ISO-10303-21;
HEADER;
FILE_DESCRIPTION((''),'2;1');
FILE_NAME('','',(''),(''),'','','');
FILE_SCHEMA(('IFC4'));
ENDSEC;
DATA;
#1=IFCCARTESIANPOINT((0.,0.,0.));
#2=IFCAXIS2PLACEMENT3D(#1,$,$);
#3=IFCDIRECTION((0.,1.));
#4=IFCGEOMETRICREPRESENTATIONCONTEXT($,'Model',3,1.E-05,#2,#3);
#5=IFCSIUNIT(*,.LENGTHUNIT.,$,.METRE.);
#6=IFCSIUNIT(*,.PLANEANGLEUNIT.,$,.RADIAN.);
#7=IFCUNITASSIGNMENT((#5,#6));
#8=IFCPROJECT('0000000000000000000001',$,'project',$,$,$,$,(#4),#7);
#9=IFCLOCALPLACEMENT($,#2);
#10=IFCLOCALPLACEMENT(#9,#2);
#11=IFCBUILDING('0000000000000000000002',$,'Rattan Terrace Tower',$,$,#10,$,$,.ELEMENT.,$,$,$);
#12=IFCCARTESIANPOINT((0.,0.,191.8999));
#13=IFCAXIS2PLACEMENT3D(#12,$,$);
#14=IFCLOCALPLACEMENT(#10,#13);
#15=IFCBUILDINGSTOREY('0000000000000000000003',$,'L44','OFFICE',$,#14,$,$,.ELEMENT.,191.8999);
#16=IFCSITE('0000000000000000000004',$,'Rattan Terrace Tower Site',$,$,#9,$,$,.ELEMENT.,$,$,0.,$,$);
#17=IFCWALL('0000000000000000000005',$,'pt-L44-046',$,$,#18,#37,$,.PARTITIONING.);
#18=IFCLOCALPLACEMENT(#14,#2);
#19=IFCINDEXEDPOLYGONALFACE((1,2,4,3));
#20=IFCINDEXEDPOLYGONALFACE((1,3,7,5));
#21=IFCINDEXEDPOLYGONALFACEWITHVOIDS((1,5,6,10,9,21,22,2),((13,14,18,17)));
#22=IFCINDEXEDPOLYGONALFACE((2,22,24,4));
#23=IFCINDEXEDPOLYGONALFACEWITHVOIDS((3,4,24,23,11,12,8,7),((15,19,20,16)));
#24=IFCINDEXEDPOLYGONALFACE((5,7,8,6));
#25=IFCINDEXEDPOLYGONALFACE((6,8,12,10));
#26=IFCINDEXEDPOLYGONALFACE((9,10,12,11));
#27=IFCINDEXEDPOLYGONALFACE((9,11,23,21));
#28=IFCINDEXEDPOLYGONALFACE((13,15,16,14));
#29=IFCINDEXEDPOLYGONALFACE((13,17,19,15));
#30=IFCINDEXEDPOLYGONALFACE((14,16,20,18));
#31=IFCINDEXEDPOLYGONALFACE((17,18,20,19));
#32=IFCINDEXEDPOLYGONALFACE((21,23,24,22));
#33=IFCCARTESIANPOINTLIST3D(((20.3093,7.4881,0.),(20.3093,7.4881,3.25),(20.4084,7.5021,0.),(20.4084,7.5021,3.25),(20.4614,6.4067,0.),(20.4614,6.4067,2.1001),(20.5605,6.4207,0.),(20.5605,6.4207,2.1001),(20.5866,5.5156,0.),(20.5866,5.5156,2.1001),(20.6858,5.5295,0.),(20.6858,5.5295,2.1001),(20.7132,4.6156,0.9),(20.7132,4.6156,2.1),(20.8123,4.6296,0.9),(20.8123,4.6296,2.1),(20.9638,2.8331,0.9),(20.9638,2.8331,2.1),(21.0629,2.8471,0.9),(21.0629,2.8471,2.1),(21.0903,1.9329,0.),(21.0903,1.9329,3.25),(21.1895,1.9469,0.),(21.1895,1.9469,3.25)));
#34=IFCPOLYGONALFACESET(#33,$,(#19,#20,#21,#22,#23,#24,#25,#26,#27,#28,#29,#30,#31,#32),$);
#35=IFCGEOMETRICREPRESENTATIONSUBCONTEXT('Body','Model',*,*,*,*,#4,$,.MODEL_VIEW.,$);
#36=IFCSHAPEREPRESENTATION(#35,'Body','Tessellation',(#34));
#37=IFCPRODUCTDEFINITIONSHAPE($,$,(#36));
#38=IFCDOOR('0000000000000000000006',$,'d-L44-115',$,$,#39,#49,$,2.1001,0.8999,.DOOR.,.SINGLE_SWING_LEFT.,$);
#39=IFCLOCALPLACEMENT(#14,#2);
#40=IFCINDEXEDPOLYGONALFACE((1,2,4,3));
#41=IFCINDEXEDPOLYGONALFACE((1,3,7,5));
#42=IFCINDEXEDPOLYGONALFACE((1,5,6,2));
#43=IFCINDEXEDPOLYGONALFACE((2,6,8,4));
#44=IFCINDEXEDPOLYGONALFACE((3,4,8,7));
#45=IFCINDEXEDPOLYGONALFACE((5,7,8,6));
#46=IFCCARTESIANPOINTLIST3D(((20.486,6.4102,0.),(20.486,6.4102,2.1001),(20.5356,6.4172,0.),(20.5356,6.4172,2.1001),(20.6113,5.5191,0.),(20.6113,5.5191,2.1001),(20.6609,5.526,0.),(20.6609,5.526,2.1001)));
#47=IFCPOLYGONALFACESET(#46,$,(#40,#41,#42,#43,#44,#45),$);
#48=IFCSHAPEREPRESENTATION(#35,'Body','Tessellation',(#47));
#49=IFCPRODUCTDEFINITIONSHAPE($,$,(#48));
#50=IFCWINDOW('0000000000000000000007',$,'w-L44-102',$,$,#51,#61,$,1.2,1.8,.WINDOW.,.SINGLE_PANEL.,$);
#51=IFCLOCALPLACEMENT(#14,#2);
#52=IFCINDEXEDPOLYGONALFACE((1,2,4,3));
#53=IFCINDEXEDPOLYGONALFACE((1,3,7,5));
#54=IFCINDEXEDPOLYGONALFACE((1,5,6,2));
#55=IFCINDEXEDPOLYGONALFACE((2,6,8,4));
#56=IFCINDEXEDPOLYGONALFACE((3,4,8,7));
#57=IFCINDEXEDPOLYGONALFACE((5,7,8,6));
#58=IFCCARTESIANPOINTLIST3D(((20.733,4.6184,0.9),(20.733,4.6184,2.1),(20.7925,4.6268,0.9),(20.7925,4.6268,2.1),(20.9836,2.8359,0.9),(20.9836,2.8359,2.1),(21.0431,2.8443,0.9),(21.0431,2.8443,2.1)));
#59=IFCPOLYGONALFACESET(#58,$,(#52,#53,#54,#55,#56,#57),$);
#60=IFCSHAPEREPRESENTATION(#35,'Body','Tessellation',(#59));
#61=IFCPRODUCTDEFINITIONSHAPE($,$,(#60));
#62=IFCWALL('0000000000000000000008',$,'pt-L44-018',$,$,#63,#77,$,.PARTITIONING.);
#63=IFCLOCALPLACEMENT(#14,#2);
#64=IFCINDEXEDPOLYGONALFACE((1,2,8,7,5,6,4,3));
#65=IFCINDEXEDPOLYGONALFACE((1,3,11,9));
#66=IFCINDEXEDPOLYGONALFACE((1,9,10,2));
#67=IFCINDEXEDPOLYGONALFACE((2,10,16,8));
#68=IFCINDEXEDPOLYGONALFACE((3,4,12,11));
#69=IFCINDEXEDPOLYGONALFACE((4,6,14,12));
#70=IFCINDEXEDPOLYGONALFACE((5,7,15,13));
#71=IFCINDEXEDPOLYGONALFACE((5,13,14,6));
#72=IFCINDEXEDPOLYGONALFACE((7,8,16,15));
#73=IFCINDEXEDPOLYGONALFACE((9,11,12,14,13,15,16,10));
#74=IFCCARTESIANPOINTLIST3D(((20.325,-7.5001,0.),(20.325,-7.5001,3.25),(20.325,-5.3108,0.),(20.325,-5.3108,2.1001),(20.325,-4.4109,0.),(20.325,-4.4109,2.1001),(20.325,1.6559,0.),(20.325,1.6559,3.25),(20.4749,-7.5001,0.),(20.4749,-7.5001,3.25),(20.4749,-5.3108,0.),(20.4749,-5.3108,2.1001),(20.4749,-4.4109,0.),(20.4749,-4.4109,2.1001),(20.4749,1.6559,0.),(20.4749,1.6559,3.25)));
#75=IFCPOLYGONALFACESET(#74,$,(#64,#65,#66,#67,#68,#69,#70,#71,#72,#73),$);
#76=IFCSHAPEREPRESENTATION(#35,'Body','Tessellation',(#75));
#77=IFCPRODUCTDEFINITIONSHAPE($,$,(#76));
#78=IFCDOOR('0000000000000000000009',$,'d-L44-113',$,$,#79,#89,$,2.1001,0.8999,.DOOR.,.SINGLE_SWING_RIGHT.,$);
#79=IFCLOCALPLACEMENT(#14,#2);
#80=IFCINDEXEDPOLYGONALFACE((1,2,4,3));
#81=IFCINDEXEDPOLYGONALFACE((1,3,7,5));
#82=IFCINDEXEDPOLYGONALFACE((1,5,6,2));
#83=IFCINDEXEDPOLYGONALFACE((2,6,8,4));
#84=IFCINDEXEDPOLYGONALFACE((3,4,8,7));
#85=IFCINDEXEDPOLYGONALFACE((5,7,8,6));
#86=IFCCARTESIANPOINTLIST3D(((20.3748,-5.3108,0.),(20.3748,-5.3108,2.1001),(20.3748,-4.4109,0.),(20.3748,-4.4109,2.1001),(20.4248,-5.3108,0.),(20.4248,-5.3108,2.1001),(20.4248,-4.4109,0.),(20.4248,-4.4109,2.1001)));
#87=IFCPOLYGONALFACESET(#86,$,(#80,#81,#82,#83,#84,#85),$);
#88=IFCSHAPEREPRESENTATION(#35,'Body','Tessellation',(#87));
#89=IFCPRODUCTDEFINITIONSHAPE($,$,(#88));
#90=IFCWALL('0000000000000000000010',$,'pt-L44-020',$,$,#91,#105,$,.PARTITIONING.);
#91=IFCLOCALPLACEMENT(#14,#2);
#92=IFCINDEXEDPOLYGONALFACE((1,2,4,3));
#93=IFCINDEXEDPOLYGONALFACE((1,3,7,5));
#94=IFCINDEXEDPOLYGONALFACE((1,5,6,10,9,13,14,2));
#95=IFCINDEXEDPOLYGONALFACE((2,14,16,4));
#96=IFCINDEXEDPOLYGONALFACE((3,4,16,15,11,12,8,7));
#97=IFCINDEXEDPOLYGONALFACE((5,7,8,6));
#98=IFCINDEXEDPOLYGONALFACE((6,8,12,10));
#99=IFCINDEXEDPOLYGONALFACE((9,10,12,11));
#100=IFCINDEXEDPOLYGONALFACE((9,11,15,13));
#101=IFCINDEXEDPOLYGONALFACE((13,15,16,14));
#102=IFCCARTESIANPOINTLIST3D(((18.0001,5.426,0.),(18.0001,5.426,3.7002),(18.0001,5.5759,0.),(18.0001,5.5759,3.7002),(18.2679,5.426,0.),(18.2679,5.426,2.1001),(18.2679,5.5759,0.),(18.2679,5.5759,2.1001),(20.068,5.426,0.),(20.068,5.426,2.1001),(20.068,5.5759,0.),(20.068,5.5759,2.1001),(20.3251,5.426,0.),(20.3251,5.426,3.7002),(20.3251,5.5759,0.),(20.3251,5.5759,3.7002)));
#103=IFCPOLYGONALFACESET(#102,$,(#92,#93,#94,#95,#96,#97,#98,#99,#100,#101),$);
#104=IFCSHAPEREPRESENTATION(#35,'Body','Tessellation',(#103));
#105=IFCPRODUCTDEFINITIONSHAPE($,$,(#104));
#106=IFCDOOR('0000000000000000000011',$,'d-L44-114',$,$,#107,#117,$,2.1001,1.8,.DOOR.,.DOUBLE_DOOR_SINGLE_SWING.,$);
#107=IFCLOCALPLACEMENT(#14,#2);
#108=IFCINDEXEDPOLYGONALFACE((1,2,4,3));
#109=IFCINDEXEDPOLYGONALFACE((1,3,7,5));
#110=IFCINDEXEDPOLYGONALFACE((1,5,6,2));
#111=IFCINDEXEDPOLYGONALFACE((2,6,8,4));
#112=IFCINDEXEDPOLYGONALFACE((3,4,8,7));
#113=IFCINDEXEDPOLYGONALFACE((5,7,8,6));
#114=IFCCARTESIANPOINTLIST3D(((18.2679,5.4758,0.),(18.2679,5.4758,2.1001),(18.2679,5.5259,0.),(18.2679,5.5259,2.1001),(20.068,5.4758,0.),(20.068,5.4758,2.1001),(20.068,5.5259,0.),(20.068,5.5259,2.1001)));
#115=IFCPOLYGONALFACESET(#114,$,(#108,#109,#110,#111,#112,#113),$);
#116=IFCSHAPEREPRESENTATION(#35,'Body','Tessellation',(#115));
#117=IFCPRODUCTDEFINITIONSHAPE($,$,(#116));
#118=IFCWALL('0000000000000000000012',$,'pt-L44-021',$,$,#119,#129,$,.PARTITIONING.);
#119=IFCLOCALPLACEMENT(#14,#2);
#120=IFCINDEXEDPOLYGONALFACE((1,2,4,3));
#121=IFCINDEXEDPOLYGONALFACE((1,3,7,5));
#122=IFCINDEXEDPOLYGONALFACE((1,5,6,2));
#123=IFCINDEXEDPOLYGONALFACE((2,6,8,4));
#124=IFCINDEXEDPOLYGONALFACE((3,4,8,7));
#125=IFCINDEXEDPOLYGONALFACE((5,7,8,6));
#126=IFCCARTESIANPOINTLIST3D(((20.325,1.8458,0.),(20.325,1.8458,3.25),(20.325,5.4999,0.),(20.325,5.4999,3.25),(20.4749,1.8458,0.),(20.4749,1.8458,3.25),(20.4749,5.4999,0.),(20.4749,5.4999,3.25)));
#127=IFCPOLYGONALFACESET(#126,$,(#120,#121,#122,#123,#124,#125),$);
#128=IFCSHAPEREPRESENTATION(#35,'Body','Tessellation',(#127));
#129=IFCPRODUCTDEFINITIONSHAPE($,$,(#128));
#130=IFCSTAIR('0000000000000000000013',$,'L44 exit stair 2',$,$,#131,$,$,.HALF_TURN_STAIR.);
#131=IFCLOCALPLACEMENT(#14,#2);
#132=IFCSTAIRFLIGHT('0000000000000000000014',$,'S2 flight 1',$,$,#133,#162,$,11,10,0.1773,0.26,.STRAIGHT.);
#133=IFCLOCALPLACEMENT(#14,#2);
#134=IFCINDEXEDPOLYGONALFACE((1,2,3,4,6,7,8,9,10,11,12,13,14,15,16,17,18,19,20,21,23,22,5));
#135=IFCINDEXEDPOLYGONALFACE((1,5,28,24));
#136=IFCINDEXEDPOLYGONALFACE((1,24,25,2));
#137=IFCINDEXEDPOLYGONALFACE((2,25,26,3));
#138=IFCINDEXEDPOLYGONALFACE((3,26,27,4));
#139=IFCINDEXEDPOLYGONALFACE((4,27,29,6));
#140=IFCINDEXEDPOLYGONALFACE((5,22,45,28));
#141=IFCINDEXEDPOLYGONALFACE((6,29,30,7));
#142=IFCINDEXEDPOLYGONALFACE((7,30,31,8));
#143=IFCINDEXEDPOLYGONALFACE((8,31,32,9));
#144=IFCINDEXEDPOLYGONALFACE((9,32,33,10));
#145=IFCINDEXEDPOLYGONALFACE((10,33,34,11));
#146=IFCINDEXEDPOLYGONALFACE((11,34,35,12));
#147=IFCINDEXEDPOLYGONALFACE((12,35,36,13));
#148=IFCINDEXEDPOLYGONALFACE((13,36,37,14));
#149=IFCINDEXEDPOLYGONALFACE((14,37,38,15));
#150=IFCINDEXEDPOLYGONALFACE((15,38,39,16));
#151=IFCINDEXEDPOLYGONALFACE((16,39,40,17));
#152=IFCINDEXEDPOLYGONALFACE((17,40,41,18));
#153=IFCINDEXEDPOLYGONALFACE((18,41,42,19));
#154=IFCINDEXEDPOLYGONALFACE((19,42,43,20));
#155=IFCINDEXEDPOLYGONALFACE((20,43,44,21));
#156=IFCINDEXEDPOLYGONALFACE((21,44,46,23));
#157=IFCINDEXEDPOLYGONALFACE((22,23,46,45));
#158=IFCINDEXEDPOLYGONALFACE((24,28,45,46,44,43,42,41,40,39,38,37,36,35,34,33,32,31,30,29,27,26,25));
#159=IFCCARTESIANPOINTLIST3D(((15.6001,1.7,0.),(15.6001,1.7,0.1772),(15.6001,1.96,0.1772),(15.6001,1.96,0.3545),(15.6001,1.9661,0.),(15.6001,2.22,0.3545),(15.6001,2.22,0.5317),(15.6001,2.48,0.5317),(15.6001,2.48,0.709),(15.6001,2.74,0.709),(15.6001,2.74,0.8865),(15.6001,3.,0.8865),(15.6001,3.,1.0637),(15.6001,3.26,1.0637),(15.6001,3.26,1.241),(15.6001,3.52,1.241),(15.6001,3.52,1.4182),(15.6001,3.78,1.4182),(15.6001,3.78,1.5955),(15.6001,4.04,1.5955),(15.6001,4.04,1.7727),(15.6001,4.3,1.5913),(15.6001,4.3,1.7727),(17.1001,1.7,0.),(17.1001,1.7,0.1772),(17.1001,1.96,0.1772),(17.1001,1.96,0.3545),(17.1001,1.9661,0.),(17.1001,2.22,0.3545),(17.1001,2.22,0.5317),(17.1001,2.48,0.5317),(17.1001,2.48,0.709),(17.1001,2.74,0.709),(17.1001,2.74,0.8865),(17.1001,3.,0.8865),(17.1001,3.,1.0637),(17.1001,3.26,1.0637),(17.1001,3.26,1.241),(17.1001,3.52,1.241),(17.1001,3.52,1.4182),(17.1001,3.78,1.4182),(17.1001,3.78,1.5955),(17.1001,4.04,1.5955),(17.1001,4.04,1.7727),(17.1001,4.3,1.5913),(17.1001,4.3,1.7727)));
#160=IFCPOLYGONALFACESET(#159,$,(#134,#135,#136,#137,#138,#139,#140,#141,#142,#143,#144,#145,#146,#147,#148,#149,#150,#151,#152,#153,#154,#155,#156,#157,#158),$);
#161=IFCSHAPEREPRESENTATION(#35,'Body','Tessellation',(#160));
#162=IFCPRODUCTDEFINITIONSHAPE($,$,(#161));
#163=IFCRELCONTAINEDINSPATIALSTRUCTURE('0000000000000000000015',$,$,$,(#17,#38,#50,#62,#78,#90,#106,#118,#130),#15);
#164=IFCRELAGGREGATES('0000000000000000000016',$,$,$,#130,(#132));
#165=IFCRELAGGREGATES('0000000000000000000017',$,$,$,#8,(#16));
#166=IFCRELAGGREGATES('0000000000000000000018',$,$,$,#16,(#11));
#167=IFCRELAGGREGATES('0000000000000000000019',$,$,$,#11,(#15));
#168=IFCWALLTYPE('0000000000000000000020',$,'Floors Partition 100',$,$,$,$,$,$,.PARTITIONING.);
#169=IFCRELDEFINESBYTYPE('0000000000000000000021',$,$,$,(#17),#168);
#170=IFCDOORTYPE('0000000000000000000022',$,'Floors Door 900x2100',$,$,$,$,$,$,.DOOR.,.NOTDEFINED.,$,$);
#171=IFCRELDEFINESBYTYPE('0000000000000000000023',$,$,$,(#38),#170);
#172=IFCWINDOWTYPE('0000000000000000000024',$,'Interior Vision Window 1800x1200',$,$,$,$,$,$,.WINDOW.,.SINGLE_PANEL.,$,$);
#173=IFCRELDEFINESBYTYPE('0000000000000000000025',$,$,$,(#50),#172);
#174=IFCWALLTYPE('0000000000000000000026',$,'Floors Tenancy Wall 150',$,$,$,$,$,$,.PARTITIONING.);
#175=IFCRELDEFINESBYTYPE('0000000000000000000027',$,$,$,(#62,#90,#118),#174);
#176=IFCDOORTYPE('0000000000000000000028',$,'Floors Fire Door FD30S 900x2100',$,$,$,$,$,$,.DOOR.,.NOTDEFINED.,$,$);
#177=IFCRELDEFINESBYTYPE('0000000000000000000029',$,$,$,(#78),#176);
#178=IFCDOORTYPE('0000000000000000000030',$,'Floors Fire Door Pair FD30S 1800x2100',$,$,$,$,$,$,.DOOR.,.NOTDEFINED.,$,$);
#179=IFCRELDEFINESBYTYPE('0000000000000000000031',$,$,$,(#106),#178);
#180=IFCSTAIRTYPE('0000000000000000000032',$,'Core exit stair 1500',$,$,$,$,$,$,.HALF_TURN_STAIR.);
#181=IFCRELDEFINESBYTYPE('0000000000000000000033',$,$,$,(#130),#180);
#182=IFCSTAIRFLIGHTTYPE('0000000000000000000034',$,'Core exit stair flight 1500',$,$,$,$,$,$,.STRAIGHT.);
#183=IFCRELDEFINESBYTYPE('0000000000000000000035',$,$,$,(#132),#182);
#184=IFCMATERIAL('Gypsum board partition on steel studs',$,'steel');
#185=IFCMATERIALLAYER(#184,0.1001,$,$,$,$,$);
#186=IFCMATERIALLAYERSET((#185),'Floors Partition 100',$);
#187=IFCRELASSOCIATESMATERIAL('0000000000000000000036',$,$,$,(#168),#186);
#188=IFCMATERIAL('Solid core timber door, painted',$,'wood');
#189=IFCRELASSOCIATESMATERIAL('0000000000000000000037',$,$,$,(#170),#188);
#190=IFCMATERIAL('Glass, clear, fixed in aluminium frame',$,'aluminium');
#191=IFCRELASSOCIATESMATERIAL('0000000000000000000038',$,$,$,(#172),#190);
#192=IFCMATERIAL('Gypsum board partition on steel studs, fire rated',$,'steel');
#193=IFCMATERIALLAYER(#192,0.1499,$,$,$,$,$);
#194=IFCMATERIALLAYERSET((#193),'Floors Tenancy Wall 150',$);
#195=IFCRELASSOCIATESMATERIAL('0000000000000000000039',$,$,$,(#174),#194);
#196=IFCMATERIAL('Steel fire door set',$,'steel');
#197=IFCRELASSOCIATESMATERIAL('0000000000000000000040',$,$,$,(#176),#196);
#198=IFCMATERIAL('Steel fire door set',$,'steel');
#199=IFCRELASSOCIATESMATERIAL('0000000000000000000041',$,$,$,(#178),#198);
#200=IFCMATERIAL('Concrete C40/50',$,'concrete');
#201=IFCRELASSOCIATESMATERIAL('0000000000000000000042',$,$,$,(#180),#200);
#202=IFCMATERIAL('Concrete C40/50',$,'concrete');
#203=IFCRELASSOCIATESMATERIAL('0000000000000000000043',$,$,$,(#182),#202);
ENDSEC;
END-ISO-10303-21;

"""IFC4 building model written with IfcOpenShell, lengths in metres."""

from ifc_helpers import new_model, si_unit, direction, frame, frame_2d, origin, place, context, subcontext, project, spatial, polyline, rectangle, outline, extrude, material, layer, layer_set, type_object, element, fill, aggregate, save


model = new_model("IFC4")

# Units and contexts
model_context = context("Model", 3, precision=1e-05, world=origin(), true_north=direction((0.0, 1.0)))
body_context = subcontext(model_context, "Body", "Model", "MODEL_VIEW")
ifc_project = project(units=[si_unit("LENGTHUNIT", "METRE"), si_unit("PLANEANGLEUNIT", "RADIAN")], contexts=[model_context])

# Site, building, storey
site_placement = place(None, origin())
site = spatial("IfcSite", under=ifc_project, at=site_placement, Name="Rattan Terrace Tower Site", CompositionType="ELEMENT", RefElevation=0.0)
building_placement = place(site_placement, origin())
building = spatial("IfcBuilding", under=site, at=building_placement, Name="Rattan Terrace Tower", CompositionType="ELEMENT")
storey_placement = place(building_placement, frame((0.0, 0.0, 191.8999)))
storey = spatial("IfcBuildingStorey", under=building, at=storey_placement, Name="L44", Description="OFFICE", CompositionType="ELEMENT", Elevation=191.8999)

# Wall, openings, door, window
ifc_material_1 = material(Name="Gypsum board partition on steel studs", Category="steel")
ifc_layer_1 = layer(ifc_material_1, 0.1001)
ifc_layer_set_1 = layer_set([ifc_layer_1], Name="Floors Partition 100")
wall_type_1 = type_object("IfcWallType", Name="Floors Partition 100", PredefinedType="PARTITIONING", material=ifc_layer_set_1)
wall_1_placement = place(storey_placement, frame((20.3589, 7.4951, 0.0), z_axis=(0.0, 0.0, 1.0), x_axis=(0.139221, -0.990261, 0.0)))
wall_1 = element("IfcWall", 1, at=wall_1_placement, inside=storey, type_object=wall_type_1, Name="pt-L44-046", PredefinedType="PARTITIONING", context=body_context, shape_type="SweptSolid", body=[
    extrude(rectangle(XDim=5.6099, YDim=0.1001, at=frame_2d((2.8049, 0.0))), origin(), (0.0, 0.0, 1.0), 3.25),
])
opening_1_placement = place(wall_1_placement, frame((1.092, 0.0, 0.0)))
opening_1 = element("IfcOpeningElement", 2, at=opening_1_placement, cuts=wall_1, PredefinedType="OPENING", context=body_context, shape_type="SweptSolid", body=[
    extrude(rectangle(XDim=0.8999, YDim=2.1001, at=frame_2d((0.45, 1.05))), frame((0.0, 0.0605, 0.0), z_axis=(0.0, -1.0, 0.0), x_axis=(1.0, 0.0, 0.0)), (0.0, 0.0, 1.0), 0.1211),
])
opening_2_placement = place(wall_1_placement, frame((2.9009, 0.0, 0.8999)))
opening_2 = element("IfcOpeningElement", 3, at=opening_2_placement, cuts=wall_1, PredefinedType="OPENING", context=body_context, shape_type="SweptSolid", body=[
    extrude(rectangle(XDim=1.8, YDim=1.2, at=frame_2d((0.8999, 0.6001))), frame((0.0, 0.0605, 0.0), z_axis=(0.0, -1.0, 0.0), x_axis=(1.0, 0.0, 0.0)), (0.0, 0.0, 1.0), 0.1211),
])
ifc_material_2 = material(Name="Solid core timber door, painted", Category="wood")
door_type_1 = type_object("IfcDoorType", Name="Floors Door 900x2100", OperationType="NOTDEFINED", PredefinedType="DOOR", material=ifc_material_2)
door_1_placement = place(opening_1_placement, origin())
door_1 = element("IfcDoor", 4, at=door_1_placement, inside=storey, type_object=door_type_1, Name="d-L44-115", OperationType="SINGLE_SWING_LEFT", OverallHeight=2.1001, OverallWidth=0.8999, PredefinedType="DOOR", context=body_context, shape_type="SweptSolid", body=[
    extrude(rectangle(XDim=0.8999, YDim=2.1001, at=frame_2d((0.45, 1.05))), frame((0.0, 0.0249, 0.0), z_axis=(0.0, -1.0, 0.0), x_axis=(1.0, 0.0, 0.0)), (0.0, 0.0, 1.0), 0.05),
])
fill(opening_1, door_1)
ifc_material_3 = material(Name="Glass, clear, fixed in aluminium frame", Category="aluminium")
window_type = type_object("IfcWindowType", Name="Interior Vision Window 1800x1200", PartitioningType="SINGLE_PANEL", PredefinedType="WINDOW", material=ifc_material_3)
window_placement = place(opening_2_placement, origin())
window = element("IfcWindow", 5, at=window_placement, inside=storey, type_object=window_type, Name="w-L44-102", OverallHeight=1.2, OverallWidth=1.8, PartitioningType="SINGLE_PANEL", PredefinedType="WINDOW", context=body_context, shape_type="SweptSolid", body=[
    extrude(rectangle(XDim=1.8, YDim=1.2, at=frame_2d((0.8999, 0.6001))), frame((0.0, 0.03, 0.0), z_axis=(0.0, -1.0, 0.0), x_axis=(1.0, 0.0, 0.0)), (0.0, 0.0, 1.0), 0.0601),
])
fill(opening_2, window)

# Walls, openings, doors
ifc_material_4 = material(Name="Gypsum board partition on steel studs, fire rated", Category="steel")
ifc_layer_2 = layer(ifc_material_4, 0.1499)
ifc_layer_set_2 = layer_set([ifc_layer_2], Name="Floors Tenancy Wall 150")
wall_type_2 = type_object("IfcWallType", Name="Floors Tenancy Wall 150", PredefinedType="PARTITIONING", material=ifc_layer_set_2)
wall_2_placement = place(storey_placement, frame((20.3999, 1.656, 0.0), z_axis=(0.0, 0.0, 1.0), x_axis=(0.0, -1.0, 0.0)))
wall_2 = element("IfcWall", 6, at=wall_2_placement, inside=storey, type_object=wall_type_2, Name="pt-L44-018", PredefinedType="PARTITIONING", context=body_context, shape_type="SweptSolid", body=[
    extrude(rectangle(XDim=9.156, YDim=0.1499, at=frame_2d((4.5781, 0.0))), origin(), (0.0, 0.0, 1.0), 3.25),
])
opening_3_placement = place(wall_2_placement, frame((6.0669, 0.0, 0.0)))
opening_3 = element("IfcOpeningElement", 7, at=opening_3_placement, cuts=wall_2, PredefinedType="OPENING", context=body_context, shape_type="SweptSolid", body=[
    extrude(rectangle(XDim=0.8999, YDim=2.1001, at=frame_2d((0.45, 1.05))), frame((0.0, 0.0854, 0.0), z_axis=(0.0, -1.0, 0.0), x_axis=(1.0, 0.0, 0.0)), (0.0, 0.0, 1.0), 0.1709),
])
ifc_material_5 = material(Name="Steel fire door set", Category="steel")
door_type_2 = type_object("IfcDoorType", Name="Floors Fire Door FD30S 900x2100", OperationType="NOTDEFINED", PredefinedType="DOOR", material=ifc_material_5)
door_2_placement = place(opening_3_placement, origin())
door_2 = element("IfcDoor", 8, at=door_2_placement, inside=storey, type_object=door_type_2, Name="d-L44-113", OperationType="SINGLE_SWING_RIGHT", OverallHeight=2.1001, OverallWidth=0.8999, PredefinedType="DOOR", context=body_context, shape_type="SweptSolid", body=[
    extrude(rectangle(XDim=0.8999, YDim=2.1001, at=frame_2d((0.45, 1.05))), frame((0.0, 0.0249, 0.0), z_axis=(0.0, -1.0, 0.0), x_axis=(1.0, 0.0, 0.0)), (0.0, 0.0, 1.0), 0.05),
])
fill(opening_3, door_2)
wall_3_placement = place(storey_placement, frame((18.0, 5.501, 0.0), z_axis=(0.0, 0.0, 1.0), x_axis=(1.0, 0.0, 0.0)))
wall_3 = element("IfcWall", 9, at=wall_3_placement, inside=storey, type_object=wall_type_2, Name="pt-L44-020", PredefinedType="PARTITIONING", context=body_context, shape_type="SweptSolid", body=[
    extrude(rectangle(XDim=2.325, YDim=0.1499, at=frame_2d((1.1626, 0.0))), origin(), (0.0, 0.0, 1.0), 3.7002),
])
opening_4_placement = place(wall_3_placement, frame((0.2681, 0.0, 0.0)))
opening_4 = element("IfcOpeningElement", 10, at=opening_4_placement, cuts=wall_3, PredefinedType="OPENING", context=body_context, shape_type="SweptSolid", body=[
    extrude(rectangle(XDim=1.8, YDim=2.1001, at=frame_2d((0.8999, 1.05))), frame((0.0, 0.0854, 0.0), z_axis=(0.0, -1.0, 0.0), x_axis=(1.0, 0.0, 0.0)), (0.0, 0.0, 1.0), 0.1709),
])
ifc_material_6 = material(Name="Steel fire door set", Category="steel")
door_type_3 = type_object("IfcDoorType", Name="Floors Fire Door Pair FD30S 1800x2100", OperationType="NOTDEFINED", PredefinedType="DOOR", material=ifc_material_6)
door_3_placement = place(opening_4_placement, origin())
door_3 = element("IfcDoor", 11, at=door_3_placement, inside=storey, type_object=door_type_3, Name="d-L44-114", OperationType="DOUBLE_DOOR_SINGLE_SWING", OverallHeight=2.1001, OverallWidth=1.8, PredefinedType="DOOR", context=body_context, shape_type="SweptSolid", body=[
    extrude(rectangle(XDim=1.8, YDim=2.1001, at=frame_2d((0.8999, 1.05))), frame((0.0, 0.0249, 0.0), z_axis=(0.0, -1.0, 0.0), x_axis=(1.0, 0.0, 0.0)), (0.0, 0.0, 1.0), 0.05),
])
fill(opening_4, door_3)

# Wall
wall_4_placement = place(storey_placement, frame((20.3999, 5.5, 0.0), z_axis=(0.0, 0.0, 1.0), x_axis=(0.0, -1.0, 0.0)))
element("IfcWall", 12, at=wall_4_placement, inside=storey, type_object=wall_type_2, Name="pt-L44-021", PredefinedType="PARTITIONING", context=body_context, shape_type="SweptSolid", body=[
    extrude(rectangle(XDim=3.6541, YDim=0.1499, at=frame_2d((1.8271, 0.0))), origin(), (0.0, 0.0, 1.0), 3.25),
])

# Stair, stair flight
ifc_material_7 = material(Name="Concrete C40/50", Category="concrete")
stair_type = type_object("IfcStairType", Name="Core exit stair 1500", PredefinedType="HALF_TURN_STAIR", material=ifc_material_7)
stair_placement = place(storey_placement, origin())
stair = element("IfcStair", 13, at=stair_placement, inside=storey, type_object=stair_type, Name="L44 exit stair 2", PredefinedType="HALF_TURN_STAIR")
ifc_material_8 = material(Name="Concrete C40/50", Category="concrete")
stair_flight_type = type_object("IfcStairFlightType", Name="Core exit stair flight 1500", PredefinedType="STRAIGHT", material=ifc_material_8)
stair_flight_placement = place(storey_placement, frame((16.3501, 1.7, 0.0), z_axis=(0.0, 0.0, 1.0), x_axis=(0.0, 1.0, 0.0)))
stair_flight = element("IfcStairFlight", 14, at=stair_flight_placement, type_object=stair_flight_type, Name="S2 flight 1", NumberOfRisers=11, NumberOfTreads=10, PredefinedType="STRAIGHT", RiserHeight=0.1773, TreadLength=0.26, context=body_context, shape_type="SweptSolid", body=[
    extrude(outline(polyline([(0.0, 0.0), (0.0, 0.1772), (0.26, 0.1772), (0.26, 0.3545), (0.52, 0.3545), (0.52, 0.5317), (0.78, 0.5317), (0.78, 0.709), (1.04, 0.709), (1.04, 0.8865), (1.3, 0.8865), (1.3, 1.0637), (1.5601, 1.0637), (1.5601, 1.241), (1.8201, 1.241), (1.8201, 1.4182), (2.0801, 1.4182), (2.0801, 1.5955), (2.3401, 1.5955), (2.3401, 1.7727), (2.6001, 1.7727), (2.6001, 1.95), (2.6001, 1.5913), (0.2661, 0.0), (0.0, 0.0)])), frame((0.0, 0.75, 0.0), z_axis=(0.0, -1.0, 0.0), x_axis=(1.0, 0.0, 0.0)), (0.0, 0.0, 1.0), 1.5),
])
aggregate(stair, [stair_flight])

save(model, "model.ifc")
